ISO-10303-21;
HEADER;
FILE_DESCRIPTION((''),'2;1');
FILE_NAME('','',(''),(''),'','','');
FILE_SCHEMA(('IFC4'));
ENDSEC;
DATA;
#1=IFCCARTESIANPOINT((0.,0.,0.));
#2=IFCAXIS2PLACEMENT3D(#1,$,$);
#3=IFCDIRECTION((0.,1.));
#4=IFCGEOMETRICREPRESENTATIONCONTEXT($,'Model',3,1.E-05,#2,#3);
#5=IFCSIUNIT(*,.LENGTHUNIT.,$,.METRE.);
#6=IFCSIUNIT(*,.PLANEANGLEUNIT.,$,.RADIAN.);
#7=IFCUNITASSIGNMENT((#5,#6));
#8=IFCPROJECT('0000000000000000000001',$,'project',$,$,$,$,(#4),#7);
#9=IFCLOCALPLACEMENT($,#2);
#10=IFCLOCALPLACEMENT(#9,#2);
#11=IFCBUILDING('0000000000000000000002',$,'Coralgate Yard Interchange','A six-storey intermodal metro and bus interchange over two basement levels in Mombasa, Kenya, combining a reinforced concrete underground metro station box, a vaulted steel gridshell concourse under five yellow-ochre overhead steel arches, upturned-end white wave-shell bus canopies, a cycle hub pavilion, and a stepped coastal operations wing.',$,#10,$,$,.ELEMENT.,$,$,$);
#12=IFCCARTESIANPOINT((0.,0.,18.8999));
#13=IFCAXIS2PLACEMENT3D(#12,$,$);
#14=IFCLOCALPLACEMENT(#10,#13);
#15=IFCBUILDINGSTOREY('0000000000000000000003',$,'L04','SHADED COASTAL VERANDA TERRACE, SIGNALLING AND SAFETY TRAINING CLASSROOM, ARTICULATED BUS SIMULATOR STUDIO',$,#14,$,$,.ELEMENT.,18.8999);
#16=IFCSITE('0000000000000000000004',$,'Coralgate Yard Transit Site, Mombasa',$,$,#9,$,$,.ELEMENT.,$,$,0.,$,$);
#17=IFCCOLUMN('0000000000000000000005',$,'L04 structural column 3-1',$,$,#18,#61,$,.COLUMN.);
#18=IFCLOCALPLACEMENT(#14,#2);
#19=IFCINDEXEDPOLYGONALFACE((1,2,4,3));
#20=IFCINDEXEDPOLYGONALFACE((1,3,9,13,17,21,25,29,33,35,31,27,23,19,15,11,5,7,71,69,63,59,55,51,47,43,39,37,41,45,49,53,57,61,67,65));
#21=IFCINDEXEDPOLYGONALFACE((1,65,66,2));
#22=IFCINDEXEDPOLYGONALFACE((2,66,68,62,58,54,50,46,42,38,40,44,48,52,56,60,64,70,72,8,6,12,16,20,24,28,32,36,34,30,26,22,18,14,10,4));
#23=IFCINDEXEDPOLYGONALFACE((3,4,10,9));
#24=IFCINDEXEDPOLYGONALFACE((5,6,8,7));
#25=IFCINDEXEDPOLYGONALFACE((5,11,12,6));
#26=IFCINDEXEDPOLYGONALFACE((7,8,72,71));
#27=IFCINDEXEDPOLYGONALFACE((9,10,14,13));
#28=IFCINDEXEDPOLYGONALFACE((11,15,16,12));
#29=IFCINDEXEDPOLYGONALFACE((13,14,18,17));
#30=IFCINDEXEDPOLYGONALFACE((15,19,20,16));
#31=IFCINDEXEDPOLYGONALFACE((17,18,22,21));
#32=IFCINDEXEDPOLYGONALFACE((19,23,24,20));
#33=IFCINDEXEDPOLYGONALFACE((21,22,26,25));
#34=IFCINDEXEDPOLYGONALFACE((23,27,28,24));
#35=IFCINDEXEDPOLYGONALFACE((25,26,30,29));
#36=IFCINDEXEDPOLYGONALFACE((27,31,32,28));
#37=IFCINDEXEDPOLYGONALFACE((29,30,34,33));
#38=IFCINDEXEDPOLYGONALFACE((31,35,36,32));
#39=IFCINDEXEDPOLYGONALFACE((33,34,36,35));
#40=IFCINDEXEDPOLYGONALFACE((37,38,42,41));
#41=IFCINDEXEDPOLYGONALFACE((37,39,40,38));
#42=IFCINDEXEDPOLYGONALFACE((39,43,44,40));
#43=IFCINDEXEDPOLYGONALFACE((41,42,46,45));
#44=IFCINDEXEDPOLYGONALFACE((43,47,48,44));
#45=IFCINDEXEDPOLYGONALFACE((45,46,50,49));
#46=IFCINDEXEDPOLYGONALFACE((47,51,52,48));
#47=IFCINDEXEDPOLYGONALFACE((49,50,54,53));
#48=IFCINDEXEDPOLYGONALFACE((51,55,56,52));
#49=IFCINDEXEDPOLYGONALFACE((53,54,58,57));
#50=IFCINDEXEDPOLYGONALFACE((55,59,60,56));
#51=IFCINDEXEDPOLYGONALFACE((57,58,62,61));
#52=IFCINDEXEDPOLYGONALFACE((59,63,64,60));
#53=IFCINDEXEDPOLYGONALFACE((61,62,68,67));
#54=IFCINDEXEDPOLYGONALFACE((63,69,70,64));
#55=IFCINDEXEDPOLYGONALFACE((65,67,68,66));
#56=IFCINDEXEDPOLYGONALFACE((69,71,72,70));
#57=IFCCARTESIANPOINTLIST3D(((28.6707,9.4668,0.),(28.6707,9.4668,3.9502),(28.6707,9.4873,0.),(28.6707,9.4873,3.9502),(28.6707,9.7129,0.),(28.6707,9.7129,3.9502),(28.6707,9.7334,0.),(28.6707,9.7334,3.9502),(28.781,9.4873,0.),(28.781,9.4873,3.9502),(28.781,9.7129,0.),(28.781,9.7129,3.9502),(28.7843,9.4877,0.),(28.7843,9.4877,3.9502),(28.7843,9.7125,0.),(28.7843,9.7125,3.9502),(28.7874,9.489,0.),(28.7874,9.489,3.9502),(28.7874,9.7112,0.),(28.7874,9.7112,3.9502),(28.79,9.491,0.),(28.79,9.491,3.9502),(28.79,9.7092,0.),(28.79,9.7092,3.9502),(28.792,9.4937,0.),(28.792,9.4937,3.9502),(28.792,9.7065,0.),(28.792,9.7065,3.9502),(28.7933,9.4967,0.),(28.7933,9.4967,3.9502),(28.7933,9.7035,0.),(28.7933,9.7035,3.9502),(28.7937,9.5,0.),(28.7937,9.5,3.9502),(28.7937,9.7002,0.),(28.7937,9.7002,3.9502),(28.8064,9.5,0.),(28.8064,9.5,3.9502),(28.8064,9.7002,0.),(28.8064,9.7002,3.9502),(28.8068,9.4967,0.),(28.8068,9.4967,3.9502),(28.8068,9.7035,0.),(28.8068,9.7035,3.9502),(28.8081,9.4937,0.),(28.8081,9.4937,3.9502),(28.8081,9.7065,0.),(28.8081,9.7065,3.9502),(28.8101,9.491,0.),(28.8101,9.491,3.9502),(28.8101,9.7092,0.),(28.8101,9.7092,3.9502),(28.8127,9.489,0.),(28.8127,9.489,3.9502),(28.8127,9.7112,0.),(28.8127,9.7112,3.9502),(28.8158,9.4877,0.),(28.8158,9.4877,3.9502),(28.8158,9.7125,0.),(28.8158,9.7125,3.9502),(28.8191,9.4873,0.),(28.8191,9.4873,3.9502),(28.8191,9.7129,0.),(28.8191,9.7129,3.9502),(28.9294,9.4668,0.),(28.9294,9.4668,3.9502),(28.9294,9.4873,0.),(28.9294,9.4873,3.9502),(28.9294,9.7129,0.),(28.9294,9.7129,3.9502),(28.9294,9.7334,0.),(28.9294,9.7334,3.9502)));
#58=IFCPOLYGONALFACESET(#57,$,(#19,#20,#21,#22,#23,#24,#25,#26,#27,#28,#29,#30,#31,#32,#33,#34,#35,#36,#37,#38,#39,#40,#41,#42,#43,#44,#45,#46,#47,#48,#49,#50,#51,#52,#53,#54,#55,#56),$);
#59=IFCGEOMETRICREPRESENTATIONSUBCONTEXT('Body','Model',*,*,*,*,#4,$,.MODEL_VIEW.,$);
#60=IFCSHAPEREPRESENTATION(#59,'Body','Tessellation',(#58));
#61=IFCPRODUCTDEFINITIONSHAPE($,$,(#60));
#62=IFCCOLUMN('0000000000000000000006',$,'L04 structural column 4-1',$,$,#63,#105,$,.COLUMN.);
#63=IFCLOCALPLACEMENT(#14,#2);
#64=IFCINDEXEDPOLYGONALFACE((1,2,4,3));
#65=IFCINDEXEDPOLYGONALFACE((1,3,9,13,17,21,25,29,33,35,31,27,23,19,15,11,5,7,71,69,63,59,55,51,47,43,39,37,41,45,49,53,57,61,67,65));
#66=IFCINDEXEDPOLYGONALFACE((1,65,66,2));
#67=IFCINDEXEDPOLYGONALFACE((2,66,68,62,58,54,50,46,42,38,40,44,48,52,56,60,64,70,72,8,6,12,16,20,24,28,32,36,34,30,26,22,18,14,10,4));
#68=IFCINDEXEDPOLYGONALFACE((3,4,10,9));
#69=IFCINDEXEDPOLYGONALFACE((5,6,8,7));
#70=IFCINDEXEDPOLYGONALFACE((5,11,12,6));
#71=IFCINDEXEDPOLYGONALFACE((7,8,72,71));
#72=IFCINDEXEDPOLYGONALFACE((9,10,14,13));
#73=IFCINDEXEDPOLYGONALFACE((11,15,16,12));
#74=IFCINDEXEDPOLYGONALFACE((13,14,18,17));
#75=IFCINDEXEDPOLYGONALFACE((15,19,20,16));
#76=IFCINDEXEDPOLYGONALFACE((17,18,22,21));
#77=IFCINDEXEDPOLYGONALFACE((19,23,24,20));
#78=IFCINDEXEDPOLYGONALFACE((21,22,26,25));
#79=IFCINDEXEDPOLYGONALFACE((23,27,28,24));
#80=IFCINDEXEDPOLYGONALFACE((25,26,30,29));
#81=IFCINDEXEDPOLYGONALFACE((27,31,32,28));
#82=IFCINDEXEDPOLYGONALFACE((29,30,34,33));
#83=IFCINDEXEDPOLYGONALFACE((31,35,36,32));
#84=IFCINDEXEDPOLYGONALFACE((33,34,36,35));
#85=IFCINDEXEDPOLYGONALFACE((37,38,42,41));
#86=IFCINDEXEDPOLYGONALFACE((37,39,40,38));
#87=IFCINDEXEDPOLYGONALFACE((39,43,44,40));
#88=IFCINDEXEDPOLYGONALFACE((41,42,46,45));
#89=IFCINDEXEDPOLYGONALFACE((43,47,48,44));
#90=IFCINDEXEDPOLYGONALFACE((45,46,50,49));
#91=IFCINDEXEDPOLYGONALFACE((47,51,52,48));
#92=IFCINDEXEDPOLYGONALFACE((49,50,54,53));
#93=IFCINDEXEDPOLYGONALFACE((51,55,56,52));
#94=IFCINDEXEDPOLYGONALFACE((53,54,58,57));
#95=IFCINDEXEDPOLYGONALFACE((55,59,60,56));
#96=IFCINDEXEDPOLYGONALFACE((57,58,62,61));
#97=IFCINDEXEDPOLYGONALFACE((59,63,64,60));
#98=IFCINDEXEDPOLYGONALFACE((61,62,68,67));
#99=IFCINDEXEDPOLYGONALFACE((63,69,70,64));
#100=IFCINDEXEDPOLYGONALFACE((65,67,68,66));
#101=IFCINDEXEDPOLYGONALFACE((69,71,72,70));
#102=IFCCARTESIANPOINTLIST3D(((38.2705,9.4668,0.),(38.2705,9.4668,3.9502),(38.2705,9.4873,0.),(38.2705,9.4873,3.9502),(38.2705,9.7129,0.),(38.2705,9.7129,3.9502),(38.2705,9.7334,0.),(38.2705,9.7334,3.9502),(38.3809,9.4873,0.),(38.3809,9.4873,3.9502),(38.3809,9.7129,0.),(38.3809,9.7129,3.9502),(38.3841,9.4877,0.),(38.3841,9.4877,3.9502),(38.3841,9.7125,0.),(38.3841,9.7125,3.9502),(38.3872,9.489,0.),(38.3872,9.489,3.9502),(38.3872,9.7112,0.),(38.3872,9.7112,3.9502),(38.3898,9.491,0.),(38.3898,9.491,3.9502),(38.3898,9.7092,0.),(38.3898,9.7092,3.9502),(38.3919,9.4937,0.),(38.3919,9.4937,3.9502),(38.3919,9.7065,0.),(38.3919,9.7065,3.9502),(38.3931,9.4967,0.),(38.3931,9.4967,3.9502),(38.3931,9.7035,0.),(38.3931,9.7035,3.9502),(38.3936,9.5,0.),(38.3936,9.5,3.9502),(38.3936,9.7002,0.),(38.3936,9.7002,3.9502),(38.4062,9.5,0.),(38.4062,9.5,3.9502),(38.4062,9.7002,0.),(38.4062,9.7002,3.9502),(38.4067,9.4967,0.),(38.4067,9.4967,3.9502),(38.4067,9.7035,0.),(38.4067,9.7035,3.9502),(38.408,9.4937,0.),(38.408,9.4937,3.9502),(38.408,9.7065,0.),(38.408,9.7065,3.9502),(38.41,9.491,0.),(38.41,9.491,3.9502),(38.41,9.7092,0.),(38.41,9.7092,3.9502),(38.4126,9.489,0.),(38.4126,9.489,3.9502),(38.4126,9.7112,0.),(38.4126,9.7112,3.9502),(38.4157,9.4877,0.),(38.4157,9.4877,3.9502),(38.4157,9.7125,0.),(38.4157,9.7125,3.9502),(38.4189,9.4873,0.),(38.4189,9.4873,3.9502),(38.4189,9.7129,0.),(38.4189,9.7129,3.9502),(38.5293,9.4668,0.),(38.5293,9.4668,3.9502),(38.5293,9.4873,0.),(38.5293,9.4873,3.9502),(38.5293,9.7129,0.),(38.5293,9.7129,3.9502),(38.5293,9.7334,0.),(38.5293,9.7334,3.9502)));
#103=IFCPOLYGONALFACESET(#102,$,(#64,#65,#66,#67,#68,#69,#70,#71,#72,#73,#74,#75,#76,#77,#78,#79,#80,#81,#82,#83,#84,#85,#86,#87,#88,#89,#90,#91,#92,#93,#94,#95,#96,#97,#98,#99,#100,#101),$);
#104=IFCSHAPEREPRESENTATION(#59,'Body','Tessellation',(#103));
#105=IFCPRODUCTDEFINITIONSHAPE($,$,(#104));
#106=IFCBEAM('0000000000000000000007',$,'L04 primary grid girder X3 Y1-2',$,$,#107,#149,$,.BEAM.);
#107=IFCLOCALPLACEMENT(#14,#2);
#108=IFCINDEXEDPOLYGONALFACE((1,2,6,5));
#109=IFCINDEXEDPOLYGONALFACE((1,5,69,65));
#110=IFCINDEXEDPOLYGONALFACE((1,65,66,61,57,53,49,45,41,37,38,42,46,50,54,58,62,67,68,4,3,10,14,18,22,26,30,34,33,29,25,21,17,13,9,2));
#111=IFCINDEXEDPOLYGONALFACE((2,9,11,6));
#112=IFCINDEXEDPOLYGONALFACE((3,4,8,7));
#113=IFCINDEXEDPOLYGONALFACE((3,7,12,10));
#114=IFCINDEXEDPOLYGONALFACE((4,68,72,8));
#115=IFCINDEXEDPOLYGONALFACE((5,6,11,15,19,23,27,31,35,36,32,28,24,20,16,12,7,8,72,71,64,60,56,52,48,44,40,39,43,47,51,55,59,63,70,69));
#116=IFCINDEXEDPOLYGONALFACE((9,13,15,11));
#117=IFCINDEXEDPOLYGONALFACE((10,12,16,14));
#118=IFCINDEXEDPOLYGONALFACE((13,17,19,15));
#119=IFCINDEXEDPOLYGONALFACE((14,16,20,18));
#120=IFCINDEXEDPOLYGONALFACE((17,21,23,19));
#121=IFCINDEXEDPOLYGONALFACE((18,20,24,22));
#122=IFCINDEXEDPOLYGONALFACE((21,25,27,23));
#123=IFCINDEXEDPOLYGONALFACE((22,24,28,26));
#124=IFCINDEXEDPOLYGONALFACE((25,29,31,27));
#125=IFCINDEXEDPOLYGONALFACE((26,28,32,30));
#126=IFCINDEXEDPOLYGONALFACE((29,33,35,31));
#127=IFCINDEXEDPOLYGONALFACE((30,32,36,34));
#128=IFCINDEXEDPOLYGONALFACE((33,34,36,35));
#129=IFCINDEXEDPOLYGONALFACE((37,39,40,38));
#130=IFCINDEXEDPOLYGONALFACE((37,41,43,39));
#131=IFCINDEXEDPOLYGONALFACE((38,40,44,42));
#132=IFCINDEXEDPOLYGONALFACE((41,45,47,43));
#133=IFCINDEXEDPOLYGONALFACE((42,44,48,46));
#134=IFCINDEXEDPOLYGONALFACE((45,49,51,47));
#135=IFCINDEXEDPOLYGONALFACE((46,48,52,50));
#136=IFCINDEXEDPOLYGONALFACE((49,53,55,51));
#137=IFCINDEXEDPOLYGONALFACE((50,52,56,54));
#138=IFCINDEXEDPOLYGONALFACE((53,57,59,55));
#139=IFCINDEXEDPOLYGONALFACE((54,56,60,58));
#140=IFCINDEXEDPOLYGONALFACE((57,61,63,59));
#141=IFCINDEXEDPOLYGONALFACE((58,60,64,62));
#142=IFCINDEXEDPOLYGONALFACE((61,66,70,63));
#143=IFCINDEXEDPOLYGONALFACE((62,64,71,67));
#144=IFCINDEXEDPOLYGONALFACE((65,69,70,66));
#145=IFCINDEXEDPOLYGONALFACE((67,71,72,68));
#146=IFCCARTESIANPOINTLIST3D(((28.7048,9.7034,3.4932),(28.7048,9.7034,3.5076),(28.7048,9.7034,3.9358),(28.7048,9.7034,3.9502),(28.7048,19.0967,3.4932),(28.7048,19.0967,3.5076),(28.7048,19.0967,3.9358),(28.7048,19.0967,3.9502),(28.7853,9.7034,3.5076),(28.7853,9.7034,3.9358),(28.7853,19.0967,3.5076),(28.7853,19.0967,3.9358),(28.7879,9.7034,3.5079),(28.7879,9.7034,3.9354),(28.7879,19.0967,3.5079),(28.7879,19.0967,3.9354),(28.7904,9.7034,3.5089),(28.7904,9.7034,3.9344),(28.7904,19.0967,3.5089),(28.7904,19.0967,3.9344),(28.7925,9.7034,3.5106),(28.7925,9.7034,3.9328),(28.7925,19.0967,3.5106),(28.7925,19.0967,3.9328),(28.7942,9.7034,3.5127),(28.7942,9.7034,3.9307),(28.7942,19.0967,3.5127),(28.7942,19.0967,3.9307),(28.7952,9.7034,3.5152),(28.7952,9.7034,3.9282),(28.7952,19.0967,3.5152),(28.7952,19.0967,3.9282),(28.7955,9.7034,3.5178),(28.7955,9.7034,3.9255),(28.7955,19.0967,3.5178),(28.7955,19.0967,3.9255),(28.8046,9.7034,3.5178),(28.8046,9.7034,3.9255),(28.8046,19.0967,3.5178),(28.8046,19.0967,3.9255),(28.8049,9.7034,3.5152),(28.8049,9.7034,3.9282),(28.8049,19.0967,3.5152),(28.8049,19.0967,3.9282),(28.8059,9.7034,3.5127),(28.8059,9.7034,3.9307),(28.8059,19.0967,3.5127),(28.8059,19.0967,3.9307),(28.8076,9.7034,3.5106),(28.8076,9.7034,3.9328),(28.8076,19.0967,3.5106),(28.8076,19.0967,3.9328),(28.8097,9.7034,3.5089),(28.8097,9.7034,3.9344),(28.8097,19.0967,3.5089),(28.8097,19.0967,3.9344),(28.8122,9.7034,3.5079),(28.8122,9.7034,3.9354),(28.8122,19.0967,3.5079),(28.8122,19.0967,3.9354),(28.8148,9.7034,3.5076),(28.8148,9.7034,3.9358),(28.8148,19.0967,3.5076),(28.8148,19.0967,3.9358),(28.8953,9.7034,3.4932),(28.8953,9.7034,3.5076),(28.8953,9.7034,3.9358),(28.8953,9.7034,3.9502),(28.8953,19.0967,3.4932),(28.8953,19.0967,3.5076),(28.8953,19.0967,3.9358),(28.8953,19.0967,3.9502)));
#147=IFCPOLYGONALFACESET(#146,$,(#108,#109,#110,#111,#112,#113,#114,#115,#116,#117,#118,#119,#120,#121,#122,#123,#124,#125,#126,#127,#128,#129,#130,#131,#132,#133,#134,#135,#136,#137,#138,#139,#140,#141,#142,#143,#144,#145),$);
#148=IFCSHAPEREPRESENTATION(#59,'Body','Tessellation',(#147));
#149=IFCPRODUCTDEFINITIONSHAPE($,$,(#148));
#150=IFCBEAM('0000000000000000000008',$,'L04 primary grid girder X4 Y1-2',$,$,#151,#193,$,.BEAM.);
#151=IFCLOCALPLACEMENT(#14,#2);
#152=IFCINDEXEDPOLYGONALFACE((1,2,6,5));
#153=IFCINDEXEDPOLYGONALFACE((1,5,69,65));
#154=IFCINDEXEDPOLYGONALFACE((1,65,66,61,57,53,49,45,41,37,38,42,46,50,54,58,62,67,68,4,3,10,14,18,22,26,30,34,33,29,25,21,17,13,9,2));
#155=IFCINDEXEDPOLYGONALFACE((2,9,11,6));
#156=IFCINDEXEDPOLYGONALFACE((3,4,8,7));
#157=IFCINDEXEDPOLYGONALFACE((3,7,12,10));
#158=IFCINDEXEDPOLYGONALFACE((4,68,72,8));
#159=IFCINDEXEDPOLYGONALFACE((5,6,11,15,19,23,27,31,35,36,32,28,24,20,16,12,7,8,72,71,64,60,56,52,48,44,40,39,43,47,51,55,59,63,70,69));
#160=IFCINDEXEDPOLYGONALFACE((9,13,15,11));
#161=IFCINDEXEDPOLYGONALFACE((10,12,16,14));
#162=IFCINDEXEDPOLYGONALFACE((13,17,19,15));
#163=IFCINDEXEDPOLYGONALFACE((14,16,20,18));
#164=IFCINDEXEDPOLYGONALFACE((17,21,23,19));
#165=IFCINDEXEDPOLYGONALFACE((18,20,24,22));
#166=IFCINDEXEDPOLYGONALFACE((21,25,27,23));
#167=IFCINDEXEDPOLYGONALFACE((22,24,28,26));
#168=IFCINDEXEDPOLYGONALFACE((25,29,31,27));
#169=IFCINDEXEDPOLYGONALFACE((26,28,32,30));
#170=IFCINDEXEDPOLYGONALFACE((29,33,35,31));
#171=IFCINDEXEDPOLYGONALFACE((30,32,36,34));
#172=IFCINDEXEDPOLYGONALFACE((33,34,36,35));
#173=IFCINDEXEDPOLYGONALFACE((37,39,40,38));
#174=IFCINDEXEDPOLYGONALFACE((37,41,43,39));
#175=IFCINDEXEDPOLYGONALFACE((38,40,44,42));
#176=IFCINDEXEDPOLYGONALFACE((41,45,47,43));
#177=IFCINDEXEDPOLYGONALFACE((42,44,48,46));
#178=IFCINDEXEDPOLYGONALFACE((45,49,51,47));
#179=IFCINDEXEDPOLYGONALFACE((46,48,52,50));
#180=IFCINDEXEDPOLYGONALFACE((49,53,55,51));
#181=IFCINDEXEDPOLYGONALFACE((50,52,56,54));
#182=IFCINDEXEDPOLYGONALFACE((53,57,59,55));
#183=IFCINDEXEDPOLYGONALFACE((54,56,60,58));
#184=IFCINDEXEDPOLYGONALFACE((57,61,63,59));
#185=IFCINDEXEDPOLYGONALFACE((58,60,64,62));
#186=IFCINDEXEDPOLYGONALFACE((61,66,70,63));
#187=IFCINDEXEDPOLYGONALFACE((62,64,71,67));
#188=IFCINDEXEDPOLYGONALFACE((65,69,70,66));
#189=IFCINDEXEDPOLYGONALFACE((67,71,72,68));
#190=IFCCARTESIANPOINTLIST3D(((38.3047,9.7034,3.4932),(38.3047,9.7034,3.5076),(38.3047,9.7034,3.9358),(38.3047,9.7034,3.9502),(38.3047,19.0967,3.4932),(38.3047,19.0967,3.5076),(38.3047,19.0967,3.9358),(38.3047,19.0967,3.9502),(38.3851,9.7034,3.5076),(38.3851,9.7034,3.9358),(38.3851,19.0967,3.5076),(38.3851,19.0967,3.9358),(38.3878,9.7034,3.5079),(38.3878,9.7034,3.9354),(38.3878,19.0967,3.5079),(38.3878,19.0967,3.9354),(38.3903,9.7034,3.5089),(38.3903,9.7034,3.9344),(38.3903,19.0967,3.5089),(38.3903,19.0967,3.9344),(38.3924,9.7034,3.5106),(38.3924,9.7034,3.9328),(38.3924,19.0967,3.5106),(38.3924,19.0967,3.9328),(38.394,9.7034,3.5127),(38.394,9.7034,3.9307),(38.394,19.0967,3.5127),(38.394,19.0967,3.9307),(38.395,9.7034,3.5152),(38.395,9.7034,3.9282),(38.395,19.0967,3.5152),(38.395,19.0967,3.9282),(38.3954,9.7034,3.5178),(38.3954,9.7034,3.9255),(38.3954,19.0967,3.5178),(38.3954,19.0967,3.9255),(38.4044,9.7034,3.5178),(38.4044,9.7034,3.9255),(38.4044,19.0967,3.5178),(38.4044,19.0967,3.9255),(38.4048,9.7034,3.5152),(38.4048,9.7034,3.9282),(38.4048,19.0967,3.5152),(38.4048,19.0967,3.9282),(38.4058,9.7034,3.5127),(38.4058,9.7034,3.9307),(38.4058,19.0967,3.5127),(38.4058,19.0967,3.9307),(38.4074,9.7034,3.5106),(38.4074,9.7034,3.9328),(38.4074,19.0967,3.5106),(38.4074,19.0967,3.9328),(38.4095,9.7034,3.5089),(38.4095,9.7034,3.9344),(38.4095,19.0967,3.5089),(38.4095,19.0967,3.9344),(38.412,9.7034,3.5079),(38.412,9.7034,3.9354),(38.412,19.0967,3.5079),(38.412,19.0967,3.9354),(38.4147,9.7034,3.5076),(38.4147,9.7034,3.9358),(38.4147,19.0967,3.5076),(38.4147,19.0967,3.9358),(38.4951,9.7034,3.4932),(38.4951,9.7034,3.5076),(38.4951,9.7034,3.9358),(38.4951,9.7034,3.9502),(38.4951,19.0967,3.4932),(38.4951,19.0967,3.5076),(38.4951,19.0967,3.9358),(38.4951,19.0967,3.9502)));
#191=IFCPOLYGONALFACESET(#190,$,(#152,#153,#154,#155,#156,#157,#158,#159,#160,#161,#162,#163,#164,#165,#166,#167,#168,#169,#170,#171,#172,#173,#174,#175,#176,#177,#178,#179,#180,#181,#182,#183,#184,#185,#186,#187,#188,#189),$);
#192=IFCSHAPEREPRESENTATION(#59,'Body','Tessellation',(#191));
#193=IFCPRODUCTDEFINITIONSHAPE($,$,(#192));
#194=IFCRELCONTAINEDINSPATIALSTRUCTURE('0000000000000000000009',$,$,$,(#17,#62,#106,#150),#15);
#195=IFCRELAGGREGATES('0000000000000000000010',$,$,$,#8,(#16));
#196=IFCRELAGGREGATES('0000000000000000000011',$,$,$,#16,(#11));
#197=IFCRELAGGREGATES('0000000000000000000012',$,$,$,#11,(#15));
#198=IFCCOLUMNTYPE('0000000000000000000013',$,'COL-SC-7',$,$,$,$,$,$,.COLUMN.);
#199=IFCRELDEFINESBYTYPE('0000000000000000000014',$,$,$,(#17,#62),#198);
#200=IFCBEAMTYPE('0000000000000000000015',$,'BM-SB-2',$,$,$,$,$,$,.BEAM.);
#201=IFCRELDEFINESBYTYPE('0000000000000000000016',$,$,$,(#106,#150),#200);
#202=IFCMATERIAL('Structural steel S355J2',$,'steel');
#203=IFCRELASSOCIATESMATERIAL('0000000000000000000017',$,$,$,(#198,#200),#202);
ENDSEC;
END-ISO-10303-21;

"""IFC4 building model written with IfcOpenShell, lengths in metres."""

from ifc_helpers import new_model, si_unit, direction, frame, origin, origin_2d, place, context, subcontext, project, spatial, i_section, extrude, material, material_profile, profile_set, type_object, element, save


model = new_model("IFC4")

# Units and contexts
model_context = context("Model", 3, precision=1e-05, world=origin(), true_north=direction((0.0, 1.0)))
body_context = subcontext(model_context, "Body", "Model", "MODEL_VIEW")
ifc_project = project(units=[si_unit("LENGTHUNIT", "METRE"), si_unit("PLANEANGLEUNIT", "RADIAN")], contexts=[model_context])

# Site, building, storey
site_placement = place(None, origin())
site = spatial("IfcSite", under=ifc_project, at=site_placement, Name="Coralgate Yard Transit Site, Mombasa", CompositionType="ELEMENT", RefElevation=0.0)
building_placement = place(site_placement, origin())
building = spatial("IfcBuilding", under=site, at=building_placement, Name="Coralgate Yard Interchange", Description="A six-storey intermodal metro and bus interchange over two basement levels in Mombasa, Kenya, combining a reinforced concrete underground metro station box, a vaulted steel gridshell concourse under five yellow-ochre overhead steel arches, upturned-end white wave-shell bus canopies, a cycle hub pavilion, and a stepped coastal operations wing.", CompositionType="ELEMENT")
storey_placement = place(building_placement, frame((0.0, 0.0, 18.8999)))
storey = spatial("IfcBuildingStorey", under=building, at=storey_placement, Name="L04", Description="SHADED COASTAL VERANDA TERRACE, SIGNALLING AND SAFETY TRAINING CLASSROOM, ARTICULATED BUS SIMULATOR STUDIO", CompositionType="ELEMENT", Elevation=18.8999)

# Columns
ifc_material_1 = material(Name="Structural steel S355J2", Category="steel")
ifc_material_profile_1 = material_profile(ifc_material_1, i_section(OverallWidth=0.2588, OverallDepth=0.2666, WebThickness=0.0127, FlangeThickness=0.0205, FilletRadius=0.0127, at=origin_2d()), Name="UC 254x254x107")
ifc_profile_set_1 = profile_set([ifc_material_profile_1], Name="Structural steel S355J2")
column_type = type_object("IfcColumnType", Name="COL-SC-7", PredefinedType="COLUMN", material=ifc_profile_set_1)
for number, where, z_axis, x_axis, name in (
    (1, (28.8, 9.6001, 0.0), (0.0, 0.0, 1.0), (1.0, 0.0, 0.0), "L04 structural column 3-1"),
    (2, (38.3999, 9.6001, 0.0), (0.0, 0.0, 1.0), (1.0, 0.0, 0.0), "L04 structural column 4-1"),
):
    element("IfcColumn", number, at=place(storey_placement, frame(where, z_axis=z_axis, x_axis=x_axis)), inside=storey, type_object=column_type, Name=name, PredefinedType="COLUMN", context=body_context, shape_type="SweptSolid", body=[
        extrude(i_section(OverallWidth=0.2588, OverallDepth=0.2666, WebThickness=0.0127, FlangeThickness=0.0205, FilletRadius=0.0127, at=origin_2d()), origin(), (0.0, 0.0, 1.0), 3.9502),
    ])

# Beams
ifc_material_profile_2 = material_profile(ifc_material_1, i_section(OverallWidth=0.1904, OverallDepth=0.457, WebThickness=0.009, FlangeThickness=0.0144, FilletRadius=0.0103, at=origin_2d()), Name="UB 457x191x74")
ifc_profile_set_2 = profile_set([ifc_material_profile_2], Name="Structural steel S355J2")
beam_type_1 = type_object("IfcBeamType", Name="BM-SB-2", PredefinedType="BEAM", material=ifc_profile_set_2)
for number, where, z_axis, x_axis, name in (
    (3, (28.8, 9.7034, 3.7217), (0.0, 1.0, 0.0), (-1.0, 0.0, 0.0), "L04 primary grid girder X3 Y1-2"),
    (4, (38.3999, 9.7034, 3.7217), (0.0, 1.0, 0.0), (-1.0, 0.0, 0.0), "L04 primary grid girder X4 Y1-2"),
):
    element("IfcBeam", number, at=place(storey_placement, frame(where, z_axis=z_axis, x_axis=x_axis)), inside=storey, type_object=beam_type_1, Name=name, PredefinedType="BEAM", context=body_context, shape_type="SweptSolid", body=[
        extrude(i_section(OverallWidth=0.1904, OverallDepth=0.457, WebThickness=0.009, FlangeThickness=0.0144, FilletRadius=0.0103, at=origin_2d()), origin(), (0.0, 0.0, 1.0), 9.3933),
    ])

save(model, "model.ifc")
